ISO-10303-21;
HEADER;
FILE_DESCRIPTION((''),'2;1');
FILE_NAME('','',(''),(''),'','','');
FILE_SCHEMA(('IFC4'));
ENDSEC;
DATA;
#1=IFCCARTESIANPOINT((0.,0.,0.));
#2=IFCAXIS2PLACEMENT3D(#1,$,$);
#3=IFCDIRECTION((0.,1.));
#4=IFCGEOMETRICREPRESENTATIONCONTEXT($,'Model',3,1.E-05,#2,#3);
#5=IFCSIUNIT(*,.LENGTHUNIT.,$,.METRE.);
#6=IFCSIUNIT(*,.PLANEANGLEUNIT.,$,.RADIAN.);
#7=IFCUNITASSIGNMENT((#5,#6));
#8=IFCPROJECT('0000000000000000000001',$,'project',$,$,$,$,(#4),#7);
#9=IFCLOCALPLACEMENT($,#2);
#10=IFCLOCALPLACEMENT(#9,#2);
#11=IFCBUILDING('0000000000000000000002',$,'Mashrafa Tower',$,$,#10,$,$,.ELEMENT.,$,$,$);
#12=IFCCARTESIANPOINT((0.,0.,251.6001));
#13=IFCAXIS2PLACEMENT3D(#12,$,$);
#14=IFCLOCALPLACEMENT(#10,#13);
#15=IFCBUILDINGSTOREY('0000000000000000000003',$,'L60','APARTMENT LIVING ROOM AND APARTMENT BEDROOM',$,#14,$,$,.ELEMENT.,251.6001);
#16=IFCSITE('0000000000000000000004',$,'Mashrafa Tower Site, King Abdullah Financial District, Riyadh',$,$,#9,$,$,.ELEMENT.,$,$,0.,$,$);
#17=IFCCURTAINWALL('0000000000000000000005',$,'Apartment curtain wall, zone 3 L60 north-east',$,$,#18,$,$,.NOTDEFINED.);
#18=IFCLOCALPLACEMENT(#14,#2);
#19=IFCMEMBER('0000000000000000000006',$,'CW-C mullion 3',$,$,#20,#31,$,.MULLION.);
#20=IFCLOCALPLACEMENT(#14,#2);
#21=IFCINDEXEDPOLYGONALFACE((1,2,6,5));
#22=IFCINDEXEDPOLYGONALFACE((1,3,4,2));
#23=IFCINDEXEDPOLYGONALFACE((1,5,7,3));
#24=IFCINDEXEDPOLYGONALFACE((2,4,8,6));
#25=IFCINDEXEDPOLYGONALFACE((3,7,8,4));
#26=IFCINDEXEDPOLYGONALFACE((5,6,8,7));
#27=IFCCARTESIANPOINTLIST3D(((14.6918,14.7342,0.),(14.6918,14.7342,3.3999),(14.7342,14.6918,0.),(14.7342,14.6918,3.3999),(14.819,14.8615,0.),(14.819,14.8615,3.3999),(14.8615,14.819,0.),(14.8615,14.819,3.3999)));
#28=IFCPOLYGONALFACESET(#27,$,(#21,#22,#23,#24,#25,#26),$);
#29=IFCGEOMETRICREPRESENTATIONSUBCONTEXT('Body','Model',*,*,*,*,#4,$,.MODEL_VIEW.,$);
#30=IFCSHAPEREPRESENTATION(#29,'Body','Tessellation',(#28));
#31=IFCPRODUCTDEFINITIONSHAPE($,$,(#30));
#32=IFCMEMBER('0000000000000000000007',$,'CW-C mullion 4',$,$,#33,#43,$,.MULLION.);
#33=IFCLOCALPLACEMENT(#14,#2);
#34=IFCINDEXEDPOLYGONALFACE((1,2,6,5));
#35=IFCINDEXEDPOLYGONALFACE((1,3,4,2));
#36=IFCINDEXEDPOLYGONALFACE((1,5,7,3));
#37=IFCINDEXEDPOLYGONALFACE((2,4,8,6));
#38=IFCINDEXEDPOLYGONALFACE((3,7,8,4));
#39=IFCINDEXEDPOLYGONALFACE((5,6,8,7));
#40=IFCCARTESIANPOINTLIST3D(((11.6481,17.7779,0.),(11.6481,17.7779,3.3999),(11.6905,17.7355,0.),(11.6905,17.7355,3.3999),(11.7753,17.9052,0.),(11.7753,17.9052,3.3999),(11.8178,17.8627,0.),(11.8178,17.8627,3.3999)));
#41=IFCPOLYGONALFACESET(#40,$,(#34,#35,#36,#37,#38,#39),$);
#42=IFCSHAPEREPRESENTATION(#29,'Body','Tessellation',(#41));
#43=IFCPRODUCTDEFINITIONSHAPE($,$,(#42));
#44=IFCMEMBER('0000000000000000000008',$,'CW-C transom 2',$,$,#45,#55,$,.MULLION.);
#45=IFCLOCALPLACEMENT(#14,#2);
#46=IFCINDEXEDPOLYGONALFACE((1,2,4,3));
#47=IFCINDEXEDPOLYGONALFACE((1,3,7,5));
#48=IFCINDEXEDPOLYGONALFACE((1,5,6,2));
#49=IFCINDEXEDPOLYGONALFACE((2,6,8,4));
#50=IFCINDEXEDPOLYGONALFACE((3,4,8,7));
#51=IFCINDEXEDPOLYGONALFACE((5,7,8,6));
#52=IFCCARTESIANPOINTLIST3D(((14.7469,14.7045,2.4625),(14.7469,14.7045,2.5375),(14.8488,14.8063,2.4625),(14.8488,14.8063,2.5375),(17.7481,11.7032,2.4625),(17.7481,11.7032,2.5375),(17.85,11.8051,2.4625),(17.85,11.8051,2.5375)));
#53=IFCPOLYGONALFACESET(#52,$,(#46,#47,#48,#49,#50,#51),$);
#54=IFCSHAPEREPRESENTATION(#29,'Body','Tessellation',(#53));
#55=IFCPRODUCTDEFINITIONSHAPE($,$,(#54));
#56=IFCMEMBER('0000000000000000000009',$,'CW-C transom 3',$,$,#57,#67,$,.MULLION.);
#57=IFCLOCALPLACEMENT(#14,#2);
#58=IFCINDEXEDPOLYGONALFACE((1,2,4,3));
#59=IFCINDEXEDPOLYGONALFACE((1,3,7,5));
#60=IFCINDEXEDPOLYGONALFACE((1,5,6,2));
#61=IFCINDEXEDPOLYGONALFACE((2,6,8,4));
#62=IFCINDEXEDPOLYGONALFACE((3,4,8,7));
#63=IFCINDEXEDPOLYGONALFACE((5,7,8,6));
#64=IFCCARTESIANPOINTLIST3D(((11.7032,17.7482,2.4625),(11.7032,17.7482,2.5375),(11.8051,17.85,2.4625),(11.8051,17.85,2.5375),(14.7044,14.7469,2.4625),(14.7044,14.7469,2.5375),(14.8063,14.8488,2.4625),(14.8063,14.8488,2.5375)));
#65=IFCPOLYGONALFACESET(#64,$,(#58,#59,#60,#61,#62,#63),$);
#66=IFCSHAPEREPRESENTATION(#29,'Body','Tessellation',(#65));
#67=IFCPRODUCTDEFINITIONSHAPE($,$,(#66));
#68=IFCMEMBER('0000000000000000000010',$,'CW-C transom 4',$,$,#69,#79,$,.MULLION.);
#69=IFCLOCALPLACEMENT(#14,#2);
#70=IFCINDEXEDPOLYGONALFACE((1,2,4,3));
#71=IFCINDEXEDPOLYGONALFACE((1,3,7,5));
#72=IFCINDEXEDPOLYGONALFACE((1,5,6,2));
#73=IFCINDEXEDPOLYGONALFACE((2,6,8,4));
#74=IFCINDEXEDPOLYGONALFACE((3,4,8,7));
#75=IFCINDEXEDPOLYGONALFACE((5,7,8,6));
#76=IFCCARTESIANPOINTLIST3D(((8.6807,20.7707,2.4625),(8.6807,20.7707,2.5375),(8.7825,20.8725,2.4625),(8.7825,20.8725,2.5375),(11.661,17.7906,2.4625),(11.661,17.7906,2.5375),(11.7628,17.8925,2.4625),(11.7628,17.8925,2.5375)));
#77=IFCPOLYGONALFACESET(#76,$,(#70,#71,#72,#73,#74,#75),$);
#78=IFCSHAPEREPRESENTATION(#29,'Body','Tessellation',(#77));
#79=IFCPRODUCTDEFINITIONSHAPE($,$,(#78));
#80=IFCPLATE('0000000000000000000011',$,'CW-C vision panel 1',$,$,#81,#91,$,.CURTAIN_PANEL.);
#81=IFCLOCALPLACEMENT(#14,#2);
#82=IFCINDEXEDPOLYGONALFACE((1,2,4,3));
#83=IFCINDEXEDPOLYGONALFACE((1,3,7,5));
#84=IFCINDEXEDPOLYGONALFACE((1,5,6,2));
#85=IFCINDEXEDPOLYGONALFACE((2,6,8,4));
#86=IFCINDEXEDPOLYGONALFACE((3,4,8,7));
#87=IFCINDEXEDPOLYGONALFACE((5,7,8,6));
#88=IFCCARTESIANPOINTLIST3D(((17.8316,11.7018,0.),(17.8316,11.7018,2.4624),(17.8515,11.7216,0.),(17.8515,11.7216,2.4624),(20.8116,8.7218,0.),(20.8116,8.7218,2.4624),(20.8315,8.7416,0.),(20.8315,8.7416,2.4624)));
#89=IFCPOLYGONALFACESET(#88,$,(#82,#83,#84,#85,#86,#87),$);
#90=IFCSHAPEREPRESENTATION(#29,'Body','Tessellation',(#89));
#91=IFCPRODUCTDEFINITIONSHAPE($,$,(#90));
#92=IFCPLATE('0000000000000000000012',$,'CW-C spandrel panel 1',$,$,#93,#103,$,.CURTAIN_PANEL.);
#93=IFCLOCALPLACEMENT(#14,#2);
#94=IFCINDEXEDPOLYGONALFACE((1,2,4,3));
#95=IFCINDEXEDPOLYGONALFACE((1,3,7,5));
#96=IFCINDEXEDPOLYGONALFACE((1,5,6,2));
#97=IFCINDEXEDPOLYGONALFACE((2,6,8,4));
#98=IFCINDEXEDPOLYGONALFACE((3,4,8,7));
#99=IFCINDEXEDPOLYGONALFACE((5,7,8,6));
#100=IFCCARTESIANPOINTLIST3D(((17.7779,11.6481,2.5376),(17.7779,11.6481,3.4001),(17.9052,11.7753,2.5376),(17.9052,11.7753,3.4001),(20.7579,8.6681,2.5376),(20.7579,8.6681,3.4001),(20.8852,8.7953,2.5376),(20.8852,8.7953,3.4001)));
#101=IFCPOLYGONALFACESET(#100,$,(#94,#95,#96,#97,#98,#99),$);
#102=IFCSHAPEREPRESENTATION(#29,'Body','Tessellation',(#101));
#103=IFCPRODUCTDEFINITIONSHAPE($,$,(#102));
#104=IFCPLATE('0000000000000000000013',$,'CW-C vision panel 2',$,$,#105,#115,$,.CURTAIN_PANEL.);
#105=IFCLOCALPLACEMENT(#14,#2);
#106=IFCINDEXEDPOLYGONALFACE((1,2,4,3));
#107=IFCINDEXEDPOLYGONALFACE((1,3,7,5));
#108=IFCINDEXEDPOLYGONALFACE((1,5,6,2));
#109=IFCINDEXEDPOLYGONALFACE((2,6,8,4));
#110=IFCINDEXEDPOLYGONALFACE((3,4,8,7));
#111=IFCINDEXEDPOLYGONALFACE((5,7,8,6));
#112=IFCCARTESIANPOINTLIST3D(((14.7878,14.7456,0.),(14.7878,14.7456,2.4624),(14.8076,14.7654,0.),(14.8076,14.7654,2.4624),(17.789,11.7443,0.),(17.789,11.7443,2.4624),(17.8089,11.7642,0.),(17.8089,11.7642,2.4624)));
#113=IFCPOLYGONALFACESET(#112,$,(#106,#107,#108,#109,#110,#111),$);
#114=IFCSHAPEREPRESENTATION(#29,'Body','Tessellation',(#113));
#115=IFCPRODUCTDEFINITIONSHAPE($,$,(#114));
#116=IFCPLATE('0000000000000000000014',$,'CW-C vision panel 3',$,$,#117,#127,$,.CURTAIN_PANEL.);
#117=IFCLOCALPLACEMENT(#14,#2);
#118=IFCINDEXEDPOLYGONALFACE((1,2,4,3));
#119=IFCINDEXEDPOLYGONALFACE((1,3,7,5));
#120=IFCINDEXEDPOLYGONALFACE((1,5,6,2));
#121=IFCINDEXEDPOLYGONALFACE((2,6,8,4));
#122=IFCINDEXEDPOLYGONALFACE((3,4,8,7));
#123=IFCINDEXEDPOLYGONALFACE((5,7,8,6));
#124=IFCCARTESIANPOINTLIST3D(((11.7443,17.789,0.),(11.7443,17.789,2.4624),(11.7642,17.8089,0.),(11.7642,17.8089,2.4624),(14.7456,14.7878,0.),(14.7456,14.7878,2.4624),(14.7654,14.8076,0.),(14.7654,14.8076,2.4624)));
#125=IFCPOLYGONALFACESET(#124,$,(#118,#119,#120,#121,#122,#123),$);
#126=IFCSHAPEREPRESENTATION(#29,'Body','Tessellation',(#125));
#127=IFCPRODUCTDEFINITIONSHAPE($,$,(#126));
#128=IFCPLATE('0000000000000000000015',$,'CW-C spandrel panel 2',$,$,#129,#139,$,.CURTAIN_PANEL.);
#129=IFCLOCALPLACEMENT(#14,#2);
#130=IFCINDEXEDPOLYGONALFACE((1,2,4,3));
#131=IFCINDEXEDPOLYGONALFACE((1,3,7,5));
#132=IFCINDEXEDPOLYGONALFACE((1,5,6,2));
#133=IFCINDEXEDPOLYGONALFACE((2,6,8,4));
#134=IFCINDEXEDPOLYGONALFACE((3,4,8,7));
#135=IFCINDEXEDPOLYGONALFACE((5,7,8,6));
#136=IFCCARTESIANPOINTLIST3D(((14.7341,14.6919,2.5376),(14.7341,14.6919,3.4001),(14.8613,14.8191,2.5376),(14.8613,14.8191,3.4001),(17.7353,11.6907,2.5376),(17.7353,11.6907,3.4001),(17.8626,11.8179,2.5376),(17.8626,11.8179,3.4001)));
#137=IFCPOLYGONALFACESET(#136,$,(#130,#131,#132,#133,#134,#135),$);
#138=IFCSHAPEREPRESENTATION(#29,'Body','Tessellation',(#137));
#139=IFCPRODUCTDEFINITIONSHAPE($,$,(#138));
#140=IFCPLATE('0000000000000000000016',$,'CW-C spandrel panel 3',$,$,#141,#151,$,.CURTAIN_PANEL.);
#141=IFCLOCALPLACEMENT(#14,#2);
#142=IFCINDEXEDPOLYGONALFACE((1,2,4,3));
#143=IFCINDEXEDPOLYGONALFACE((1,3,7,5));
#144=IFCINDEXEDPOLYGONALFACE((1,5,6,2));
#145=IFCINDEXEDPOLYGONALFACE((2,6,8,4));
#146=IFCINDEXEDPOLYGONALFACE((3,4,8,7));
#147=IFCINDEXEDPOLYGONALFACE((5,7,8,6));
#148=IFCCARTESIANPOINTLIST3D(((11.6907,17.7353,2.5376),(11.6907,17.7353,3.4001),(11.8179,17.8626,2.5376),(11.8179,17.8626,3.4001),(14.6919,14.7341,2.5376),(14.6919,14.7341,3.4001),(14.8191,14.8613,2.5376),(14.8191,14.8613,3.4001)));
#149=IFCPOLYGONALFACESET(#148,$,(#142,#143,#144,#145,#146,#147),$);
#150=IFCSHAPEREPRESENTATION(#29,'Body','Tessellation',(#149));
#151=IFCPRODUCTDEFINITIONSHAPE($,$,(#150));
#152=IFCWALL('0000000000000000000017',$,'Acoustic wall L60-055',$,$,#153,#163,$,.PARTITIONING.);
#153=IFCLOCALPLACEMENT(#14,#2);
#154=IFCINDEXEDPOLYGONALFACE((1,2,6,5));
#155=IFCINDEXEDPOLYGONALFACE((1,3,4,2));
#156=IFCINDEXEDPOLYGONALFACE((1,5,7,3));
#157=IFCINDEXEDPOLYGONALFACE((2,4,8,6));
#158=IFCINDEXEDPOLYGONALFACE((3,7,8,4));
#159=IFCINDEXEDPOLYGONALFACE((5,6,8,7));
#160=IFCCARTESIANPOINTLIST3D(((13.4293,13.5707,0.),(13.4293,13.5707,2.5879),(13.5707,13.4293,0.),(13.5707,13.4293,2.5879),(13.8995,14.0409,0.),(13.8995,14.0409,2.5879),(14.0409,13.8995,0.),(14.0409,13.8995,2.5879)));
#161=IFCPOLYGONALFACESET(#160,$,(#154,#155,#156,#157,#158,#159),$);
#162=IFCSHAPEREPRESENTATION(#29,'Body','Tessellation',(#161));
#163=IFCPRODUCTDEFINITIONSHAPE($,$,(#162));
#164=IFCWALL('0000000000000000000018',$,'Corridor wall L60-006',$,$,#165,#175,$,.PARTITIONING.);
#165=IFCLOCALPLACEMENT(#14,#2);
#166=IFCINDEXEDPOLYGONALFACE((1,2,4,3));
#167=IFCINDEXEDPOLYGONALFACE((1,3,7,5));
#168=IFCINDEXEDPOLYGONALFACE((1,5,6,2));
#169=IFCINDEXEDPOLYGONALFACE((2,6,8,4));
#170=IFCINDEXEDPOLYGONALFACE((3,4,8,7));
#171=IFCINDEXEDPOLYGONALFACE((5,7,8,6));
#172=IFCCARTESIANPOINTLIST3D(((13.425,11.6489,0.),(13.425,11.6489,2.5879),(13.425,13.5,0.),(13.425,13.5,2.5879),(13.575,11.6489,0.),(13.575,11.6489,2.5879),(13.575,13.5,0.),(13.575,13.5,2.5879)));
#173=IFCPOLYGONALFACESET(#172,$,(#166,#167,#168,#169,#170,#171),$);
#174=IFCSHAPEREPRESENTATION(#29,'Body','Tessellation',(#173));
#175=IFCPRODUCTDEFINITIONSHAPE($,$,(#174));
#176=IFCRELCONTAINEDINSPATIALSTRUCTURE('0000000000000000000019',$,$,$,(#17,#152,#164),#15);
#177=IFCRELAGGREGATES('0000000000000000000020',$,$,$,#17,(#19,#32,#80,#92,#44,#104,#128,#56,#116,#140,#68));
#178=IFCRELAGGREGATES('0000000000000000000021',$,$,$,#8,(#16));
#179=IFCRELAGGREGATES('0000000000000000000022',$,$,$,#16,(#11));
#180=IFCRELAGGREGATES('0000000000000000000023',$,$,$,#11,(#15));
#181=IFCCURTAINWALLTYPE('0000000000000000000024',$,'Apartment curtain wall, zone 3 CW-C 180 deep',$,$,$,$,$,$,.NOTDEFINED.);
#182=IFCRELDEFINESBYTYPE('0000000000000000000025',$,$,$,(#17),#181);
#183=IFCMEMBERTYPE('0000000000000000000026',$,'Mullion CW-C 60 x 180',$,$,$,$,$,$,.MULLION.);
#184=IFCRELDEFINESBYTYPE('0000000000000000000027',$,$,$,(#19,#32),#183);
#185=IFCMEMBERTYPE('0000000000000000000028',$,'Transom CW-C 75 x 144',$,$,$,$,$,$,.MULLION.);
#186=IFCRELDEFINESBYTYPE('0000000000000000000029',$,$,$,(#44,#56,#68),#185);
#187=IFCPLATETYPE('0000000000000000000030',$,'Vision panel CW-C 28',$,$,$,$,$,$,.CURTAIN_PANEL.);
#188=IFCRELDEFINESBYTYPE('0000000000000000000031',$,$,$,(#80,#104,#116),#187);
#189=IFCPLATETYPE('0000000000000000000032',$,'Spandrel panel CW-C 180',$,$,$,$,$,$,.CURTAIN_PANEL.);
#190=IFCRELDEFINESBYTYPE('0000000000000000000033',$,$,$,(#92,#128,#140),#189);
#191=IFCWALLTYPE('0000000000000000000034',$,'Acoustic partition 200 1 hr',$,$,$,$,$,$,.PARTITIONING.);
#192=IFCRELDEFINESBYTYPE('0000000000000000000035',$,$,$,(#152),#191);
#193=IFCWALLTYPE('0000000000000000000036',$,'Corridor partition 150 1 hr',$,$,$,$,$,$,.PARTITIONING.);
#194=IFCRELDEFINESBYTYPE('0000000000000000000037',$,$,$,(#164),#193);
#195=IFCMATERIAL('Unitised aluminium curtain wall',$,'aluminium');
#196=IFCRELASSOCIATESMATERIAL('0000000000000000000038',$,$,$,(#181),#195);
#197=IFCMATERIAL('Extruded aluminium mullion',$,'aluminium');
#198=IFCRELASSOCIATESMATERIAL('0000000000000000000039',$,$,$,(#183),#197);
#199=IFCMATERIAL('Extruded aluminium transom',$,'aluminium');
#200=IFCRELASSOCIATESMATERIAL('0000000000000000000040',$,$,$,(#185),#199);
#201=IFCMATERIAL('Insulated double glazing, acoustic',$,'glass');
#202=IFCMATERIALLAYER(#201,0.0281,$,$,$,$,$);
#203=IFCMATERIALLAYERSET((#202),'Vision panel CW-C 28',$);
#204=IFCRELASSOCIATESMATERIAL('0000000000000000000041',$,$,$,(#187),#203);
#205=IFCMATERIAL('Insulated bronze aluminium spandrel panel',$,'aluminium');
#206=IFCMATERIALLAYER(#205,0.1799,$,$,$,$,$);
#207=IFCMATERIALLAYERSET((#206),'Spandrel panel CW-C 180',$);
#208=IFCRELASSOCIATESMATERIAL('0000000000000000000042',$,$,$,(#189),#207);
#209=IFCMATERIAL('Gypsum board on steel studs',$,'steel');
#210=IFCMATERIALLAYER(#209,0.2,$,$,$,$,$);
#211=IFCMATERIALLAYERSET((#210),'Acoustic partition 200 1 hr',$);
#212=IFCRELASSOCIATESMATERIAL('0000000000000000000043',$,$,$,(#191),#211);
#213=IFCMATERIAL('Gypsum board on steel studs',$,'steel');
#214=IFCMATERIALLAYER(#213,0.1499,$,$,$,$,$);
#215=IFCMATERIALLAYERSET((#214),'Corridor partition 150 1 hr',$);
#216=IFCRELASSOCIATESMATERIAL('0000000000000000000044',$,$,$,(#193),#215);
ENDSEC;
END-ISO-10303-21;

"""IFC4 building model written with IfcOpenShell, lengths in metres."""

from ifc_helpers import new_model, si_unit, direction, frame, frame_2d, origin, origin_2d, place, context, subcontext, project, spatial, rectangle, extrude, source, transform, mapped, material, layer, layer_set, material_profile, profile_set, type_object, type_shapes, element, aggregate, save


model = new_model("IFC4")

# Units and contexts
model_context = context("Model", 3, precision=1e-05, world=origin(), true_north=direction((0.0, 1.0)))
body_context = subcontext(model_context, "Body", "Model", "MODEL_VIEW")
ifc_project = project(units=[si_unit("LENGTHUNIT", "METRE"), si_unit("PLANEANGLEUNIT", "RADIAN")], contexts=[model_context])

# Site, building, storey
site_placement = place(None, origin())
site = spatial("IfcSite", under=ifc_project, at=site_placement, Name="Mashrafa Tower Site, King Abdullah Financial District, Riyadh", CompositionType="ELEMENT", RefElevation=0.0)
building_placement = place(site_placement, origin())
building = spatial("IfcBuilding", under=site, at=building_placement, Name="Mashrafa Tower", CompositionType="ELEMENT")
storey_placement = place(building_placement, frame((0.0, 0.0, 251.6001)))
storey = spatial("IfcBuildingStorey", under=building, at=storey_placement, Name="L60", Description="APARTMENT LIVING ROOM AND APARTMENT BEDROOM", CompositionType="ELEMENT", Elevation=251.6001)

# Curtain wall, members, plates
ifc_material_1 = material(Name="Unitised aluminium curtain wall", Category="aluminium")
curtain_wall_type = type_object("IfcCurtainWallType", Name="Apartment curtain wall, zone 3 CW-C 180 deep", PredefinedType="NOTDEFINED", material=ifc_material_1)
curtain_wall_placement = place(storey_placement, origin())
curtain_wall = element("IfcCurtainWall", 1, at=curtain_wall_placement, inside=storey, type_object=curtain_wall_type, Name="Apartment curtain wall, zone 3 L60 north-east", PredefinedType="NOTDEFINED")
ifc_material_2 = material(Name="Extruded aluminium mullion", Category="aluminium")
ifc_material_profile_1 = material_profile(ifc_material_2, rectangle(XDim=0.1799, YDim=0.0601, at=origin_2d()), Name="Mullion 60x180")
ifc_profile_set_1 = profile_set([ifc_material_profile_1], Name="Extruded aluminium mullion")
member_type_1 = type_object("IfcMemberType", Name="Mullion CW-C 60 x 180", PredefinedType="MULLION", material=ifc_profile_set_1)
shared_shape_1 = source(origin(), body_context, "Body", "SweptSolid", [
    extrude(rectangle(XDim=0.1799, YDim=0.0601, at=origin_2d()), origin(), (0.0, 0.0, 1.0), 3.3999),
])
type_shapes(member_type_1, [shared_shape_1])
member_1_placement = place(storey_placement, frame((14.7766, 14.7766, 0.0), z_axis=(0.0, 0.0, 1.0), x_axis=(-0.707107, -0.707107, 0.0)))
member_1 = element("IfcMember", 2, at=member_1_placement, type_object=member_type_1, Name="CW-C mullion 3", PredefinedType="MULLION", context=body_context, shape_type="MappedRepresentation", body=[
    mapped(shared_shape_1, transform((0.0, 0.0, 0.0))),
])
member_2_placement = place(storey_placement, frame((11.7329, 17.8203, 0.0), z_axis=(0.0, 0.0, 1.0), x_axis=(-0.707107, -0.707107, 0.0)))
member_2 = element("IfcMember", 3, at=member_2_placement, type_object=member_type_1, Name="CW-C mullion 4", PredefinedType="MULLION", context=body_context, shape_type="MappedRepresentation", body=[
    mapped(shared_shape_1, transform((0.0, 0.0, 0.0))),
])
ifc_material_3 = material(Name="Extruded aluminium transom", Category="aluminium")
ifc_material_profile_2 = material_profile(ifc_material_3, rectangle(XDim=0.144, YDim=0.075, at=origin_2d()), Name="Transom 75x144")
ifc_profile_set_2 = profile_set([ifc_material_profile_2], Name="Extruded aluminium transom")
member_type_2 = type_object("IfcMemberType", Name="Transom CW-C 75 x 144", PredefinedType="MULLION", material=ifc_profile_set_2)
shared_shape_2 = source(origin(), body_context, "Body", "SweptSolid", [
    extrude(rectangle(XDim=0.144, YDim=0.075, at=origin_2d()), origin(), (0.0, 0.0, 1.0), 4.2444),
])
member_3_placement = place(storey_placement, frame((17.7991, 11.7542, 2.5), z_axis=(-0.707107, 0.707107, 0.0), x_axis=(-0.707107, -0.707107, 0.0)))
member_3 = element("IfcMember", 4, at=member_3_placement, type_object=member_type_2, Name="CW-C transom 2", PredefinedType="MULLION", context=body_context, shape_type="MappedRepresentation", body=[
    mapped(shared_shape_2, transform((0.0, 0.0, 0.0))),
])
member_4_placement = place(storey_placement, frame((14.7554, 14.7979, 2.5), z_axis=(-0.707107, 0.707107, 0.0), x_axis=(-0.707107, -0.707107, 0.0)))
member_4 = element("IfcMember", 5, at=member_4_placement, type_object=member_type_2, Name="CW-C transom 3", PredefinedType="MULLION", context=body_context, shape_type="MappedRepresentation", body=[
    mapped(shared_shape_2, transform((0.0, 0.0, 0.0))),
])
shared_shape_3 = source(origin(), body_context, "Body", "SweptSolid", [
    extrude(rectangle(XDim=0.144, YDim=0.075, at=origin_2d()), origin(), (0.0, 0.0, 1.0), 4.2146),
])
type_shapes(member_type_2, [shared_shape_2, shared_shape_3])
member_5_placement = place(storey_placement, frame((11.7119, 17.8416, 2.5), z_axis=(-0.707136, 0.707078, 0.0), x_axis=(-0.707078, -0.707136, 0.0)))
member_5 = element("IfcMember", 6, at=member_5_placement, type_object=member_type_2, Name="CW-C transom 4", PredefinedType="MULLION", context=body_context, shape_type="MappedRepresentation", body=[
    mapped(shared_shape_3, transform((0.0, 0.0, 0.0))),
])
ifc_material_4 = material(Name="Insulated double glazing, acoustic", Category="glass")
ifc_layer_1 = layer(ifc_material_4, 0.0281)
ifc_layer_set_1 = layer_set([ifc_layer_1], Name="Vision panel CW-C 28")
plate_type_1 = type_object("IfcPlateType", Name="Vision panel CW-C 28", PredefinedType="CURTAIN_PANEL", material=ifc_layer_set_1)
shared_shape_4 = source(origin(), body_context, "Body", "SweptSolid", [
    extrude(rectangle(XDim=4.2144, YDim=0.0281, at=origin_2d()), origin(), (0.0, 0.0, 1.0), 2.4624),
])
plate_1_placement = place(storey_placement, frame((19.3315, 10.2217, 0.0), z_axis=(0.0, 0.0, 1.0), x_axis=(-0.707107, 0.707107, 0.0)))
plate_1 = element("IfcPlate", 7, at=plate_1_placement, type_object=plate_type_1, Name="CW-C vision panel 1", PredefinedType="CURTAIN_PANEL", context=body_context, shape_type="MappedRepresentation", body=[
    mapped(shared_shape_4, transform((0.0, 0.0, 0.0))),
])
ifc_material_5 = material(Name="Insulated bronze aluminium spandrel panel", Category="aluminium")
ifc_layer_2 = layer(ifc_material_5, 0.1799)
ifc_layer_set_2 = layer_set([ifc_layer_2], Name="Spandrel panel CW-C 180")
plate_type_2 = type_object("IfcPlateType", Name="Spandrel panel CW-C 180", PredefinedType="CURTAIN_PANEL", material=ifc_layer_set_2)
shared_shape_5 = source(origin(), body_context, "Body", "SweptSolid", [
    extrude(rectangle(XDim=4.2144, YDim=0.1799, at=origin_2d()), origin(), (0.0, 0.0, 1.0), 0.8625),
])
plate_2_placement = place(storey_placement, frame((19.3315, 10.2217, 2.5376), z_axis=(0.0, 0.0, 1.0), x_axis=(-0.707107, 0.707107, 0.0)))
plate_2 = element("IfcPlate", 8, at=plate_2_placement, type_object=plate_type_2, Name="CW-C spandrel panel 1", PredefinedType="CURTAIN_PANEL", context=body_context, shape_type="MappedRepresentation", body=[
    mapped(shared_shape_5, transform((0.0, 0.0, 0.0))),
])
shared_shape_6 = source(origin(), body_context, "Body", "SweptSolid", [
    extrude(rectangle(XDim=4.2444, YDim=0.0281, at=origin_2d()), origin(), (0.0, 0.0, 1.0), 2.4624),
])
type_shapes(plate_type_1, [shared_shape_4, shared_shape_6])
plate_3_placement = place(storey_placement, frame((16.2983, 13.2549, 0.0), z_axis=(0.0, 0.0, 1.0), x_axis=(-0.707107, 0.707107, 0.0)))
plate_3 = element("IfcPlate", 9, at=plate_3_placement, type_object=plate_type_1, Name="CW-C vision panel 2", PredefinedType="CURTAIN_PANEL", context=body_context, shape_type="MappedRepresentation", body=[
    mapped(shared_shape_6, transform((0.0, 0.0, 0.0))),
])
plate_4_placement = place(storey_placement, frame((13.2549, 16.2983, 0.0), z_axis=(0.0, 0.0, 1.0), x_axis=(-0.707107, 0.707107, 0.0)))
plate_4 = element("IfcPlate", 10, at=plate_4_placement, type_object=plate_type_1, Name="CW-C vision panel 3", PredefinedType="CURTAIN_PANEL", context=body_context, shape_type="MappedRepresentation", body=[
    mapped(shared_shape_6, transform((0.0, 0.0, 0.0))),
])
shared_shape_7 = source(origin(), body_context, "Body", "SweptSolid", [
    extrude(rectangle(XDim=4.2444, YDim=0.1799, at=origin_2d()), origin(), (0.0, 0.0, 1.0), 0.8625),
])
type_shapes(plate_type_2, [shared_shape_5, shared_shape_7])
plate_5_placement = place(storey_placement, frame((16.2983, 13.2549, 2.5376), z_axis=(0.0, 0.0, 1.0), x_axis=(-0.707107, 0.707107, 0.0)))
plate_5 = element("IfcPlate", 11, at=plate_5_placement, type_object=plate_type_2, Name="CW-C spandrel panel 2", PredefinedType="CURTAIN_PANEL", context=body_context, shape_type="MappedRepresentation", body=[
    mapped(shared_shape_7, transform((0.0, 0.0, 0.0))),
])
plate_6_placement = place(storey_placement, frame((13.2549, 16.2983, 2.5376), z_axis=(0.0, 0.0, 1.0), x_axis=(-0.707107, 0.707107, 0.0)))
plate_6 = element("IfcPlate", 12, at=plate_6_placement, type_object=plate_type_2, Name="CW-C spandrel panel 3", PredefinedType="CURTAIN_PANEL", context=body_context, shape_type="MappedRepresentation", body=[
    mapped(shared_shape_7, transform((0.0, 0.0, 0.0))),
])
aggregate(curtain_wall, [member_1, member_2, plate_1, plate_2, member_3, plate_3, plate_5, member_4, plate_4, plate_6, member_5])

# Walls
ifc_material_6 = material(Name="Gypsum board on steel studs", Category="steel")
ifc_layer_3 = layer(ifc_material_6, 0.2)
ifc_layer_set_3 = layer_set([ifc_layer_3], Name="Acoustic partition 200 1 hr")
wall_type_1 = type_object("IfcWallType", Name="Acoustic partition 200 1 hr", PredefinedType="PARTITIONING", material=ifc_layer_set_3)
wall_1_placement = place(storey_placement, frame((13.9702, 13.9702, 0.0), z_axis=(0.0, 0.0, 1.0), x_axis=(-0.707107, -0.707107, 0.0)))
element("IfcWall", 13, at=wall_1_placement, inside=storey, type_object=wall_type_1, Name="Acoustic wall L60-055", PredefinedType="PARTITIONING", context=body_context, shape_type="SweptSolid", body=[
    extrude(rectangle(XDim=0.665, YDim=0.2, at=frame_2d((0.3325, 0.0))), origin(), (0.0, 0.0, 1.0), 2.5879),
])
ifc_material_7 = material(Name="Gypsum board on steel studs", Category="steel")
ifc_layer_4 = layer(ifc_material_7, 0.1499)
ifc_layer_set_4 = layer_set([ifc_layer_4], Name="Corridor partition 150 1 hr")
wall_type_2 = type_object("IfcWallType", Name="Corridor partition 150 1 hr", PredefinedType="PARTITIONING", material=ifc_layer_set_4)
for number, where, z_axis, x_axis, name in (
    (14, (13.5, 11.6489, 0.0), (0.0, 0.0, 1.0), (0.0, 1.0, 0.0), "Corridor wall L60-006"),
):
    element("IfcWall", number, at=place(storey_placement, frame(where, z_axis=z_axis, x_axis=x_axis)), inside=storey, type_object=wall_type_2, Name=name, PredefinedType="PARTITIONING", context=body_context, shape_type="SweptSolid", body=[
        extrude(rectangle(XDim=1.8511, YDim=0.1499, at=frame_2d((0.9255, 0.0))), origin(), (0.0, 0.0, 1.0), 2.5879),
    ])

save(model, "model.ifc")
